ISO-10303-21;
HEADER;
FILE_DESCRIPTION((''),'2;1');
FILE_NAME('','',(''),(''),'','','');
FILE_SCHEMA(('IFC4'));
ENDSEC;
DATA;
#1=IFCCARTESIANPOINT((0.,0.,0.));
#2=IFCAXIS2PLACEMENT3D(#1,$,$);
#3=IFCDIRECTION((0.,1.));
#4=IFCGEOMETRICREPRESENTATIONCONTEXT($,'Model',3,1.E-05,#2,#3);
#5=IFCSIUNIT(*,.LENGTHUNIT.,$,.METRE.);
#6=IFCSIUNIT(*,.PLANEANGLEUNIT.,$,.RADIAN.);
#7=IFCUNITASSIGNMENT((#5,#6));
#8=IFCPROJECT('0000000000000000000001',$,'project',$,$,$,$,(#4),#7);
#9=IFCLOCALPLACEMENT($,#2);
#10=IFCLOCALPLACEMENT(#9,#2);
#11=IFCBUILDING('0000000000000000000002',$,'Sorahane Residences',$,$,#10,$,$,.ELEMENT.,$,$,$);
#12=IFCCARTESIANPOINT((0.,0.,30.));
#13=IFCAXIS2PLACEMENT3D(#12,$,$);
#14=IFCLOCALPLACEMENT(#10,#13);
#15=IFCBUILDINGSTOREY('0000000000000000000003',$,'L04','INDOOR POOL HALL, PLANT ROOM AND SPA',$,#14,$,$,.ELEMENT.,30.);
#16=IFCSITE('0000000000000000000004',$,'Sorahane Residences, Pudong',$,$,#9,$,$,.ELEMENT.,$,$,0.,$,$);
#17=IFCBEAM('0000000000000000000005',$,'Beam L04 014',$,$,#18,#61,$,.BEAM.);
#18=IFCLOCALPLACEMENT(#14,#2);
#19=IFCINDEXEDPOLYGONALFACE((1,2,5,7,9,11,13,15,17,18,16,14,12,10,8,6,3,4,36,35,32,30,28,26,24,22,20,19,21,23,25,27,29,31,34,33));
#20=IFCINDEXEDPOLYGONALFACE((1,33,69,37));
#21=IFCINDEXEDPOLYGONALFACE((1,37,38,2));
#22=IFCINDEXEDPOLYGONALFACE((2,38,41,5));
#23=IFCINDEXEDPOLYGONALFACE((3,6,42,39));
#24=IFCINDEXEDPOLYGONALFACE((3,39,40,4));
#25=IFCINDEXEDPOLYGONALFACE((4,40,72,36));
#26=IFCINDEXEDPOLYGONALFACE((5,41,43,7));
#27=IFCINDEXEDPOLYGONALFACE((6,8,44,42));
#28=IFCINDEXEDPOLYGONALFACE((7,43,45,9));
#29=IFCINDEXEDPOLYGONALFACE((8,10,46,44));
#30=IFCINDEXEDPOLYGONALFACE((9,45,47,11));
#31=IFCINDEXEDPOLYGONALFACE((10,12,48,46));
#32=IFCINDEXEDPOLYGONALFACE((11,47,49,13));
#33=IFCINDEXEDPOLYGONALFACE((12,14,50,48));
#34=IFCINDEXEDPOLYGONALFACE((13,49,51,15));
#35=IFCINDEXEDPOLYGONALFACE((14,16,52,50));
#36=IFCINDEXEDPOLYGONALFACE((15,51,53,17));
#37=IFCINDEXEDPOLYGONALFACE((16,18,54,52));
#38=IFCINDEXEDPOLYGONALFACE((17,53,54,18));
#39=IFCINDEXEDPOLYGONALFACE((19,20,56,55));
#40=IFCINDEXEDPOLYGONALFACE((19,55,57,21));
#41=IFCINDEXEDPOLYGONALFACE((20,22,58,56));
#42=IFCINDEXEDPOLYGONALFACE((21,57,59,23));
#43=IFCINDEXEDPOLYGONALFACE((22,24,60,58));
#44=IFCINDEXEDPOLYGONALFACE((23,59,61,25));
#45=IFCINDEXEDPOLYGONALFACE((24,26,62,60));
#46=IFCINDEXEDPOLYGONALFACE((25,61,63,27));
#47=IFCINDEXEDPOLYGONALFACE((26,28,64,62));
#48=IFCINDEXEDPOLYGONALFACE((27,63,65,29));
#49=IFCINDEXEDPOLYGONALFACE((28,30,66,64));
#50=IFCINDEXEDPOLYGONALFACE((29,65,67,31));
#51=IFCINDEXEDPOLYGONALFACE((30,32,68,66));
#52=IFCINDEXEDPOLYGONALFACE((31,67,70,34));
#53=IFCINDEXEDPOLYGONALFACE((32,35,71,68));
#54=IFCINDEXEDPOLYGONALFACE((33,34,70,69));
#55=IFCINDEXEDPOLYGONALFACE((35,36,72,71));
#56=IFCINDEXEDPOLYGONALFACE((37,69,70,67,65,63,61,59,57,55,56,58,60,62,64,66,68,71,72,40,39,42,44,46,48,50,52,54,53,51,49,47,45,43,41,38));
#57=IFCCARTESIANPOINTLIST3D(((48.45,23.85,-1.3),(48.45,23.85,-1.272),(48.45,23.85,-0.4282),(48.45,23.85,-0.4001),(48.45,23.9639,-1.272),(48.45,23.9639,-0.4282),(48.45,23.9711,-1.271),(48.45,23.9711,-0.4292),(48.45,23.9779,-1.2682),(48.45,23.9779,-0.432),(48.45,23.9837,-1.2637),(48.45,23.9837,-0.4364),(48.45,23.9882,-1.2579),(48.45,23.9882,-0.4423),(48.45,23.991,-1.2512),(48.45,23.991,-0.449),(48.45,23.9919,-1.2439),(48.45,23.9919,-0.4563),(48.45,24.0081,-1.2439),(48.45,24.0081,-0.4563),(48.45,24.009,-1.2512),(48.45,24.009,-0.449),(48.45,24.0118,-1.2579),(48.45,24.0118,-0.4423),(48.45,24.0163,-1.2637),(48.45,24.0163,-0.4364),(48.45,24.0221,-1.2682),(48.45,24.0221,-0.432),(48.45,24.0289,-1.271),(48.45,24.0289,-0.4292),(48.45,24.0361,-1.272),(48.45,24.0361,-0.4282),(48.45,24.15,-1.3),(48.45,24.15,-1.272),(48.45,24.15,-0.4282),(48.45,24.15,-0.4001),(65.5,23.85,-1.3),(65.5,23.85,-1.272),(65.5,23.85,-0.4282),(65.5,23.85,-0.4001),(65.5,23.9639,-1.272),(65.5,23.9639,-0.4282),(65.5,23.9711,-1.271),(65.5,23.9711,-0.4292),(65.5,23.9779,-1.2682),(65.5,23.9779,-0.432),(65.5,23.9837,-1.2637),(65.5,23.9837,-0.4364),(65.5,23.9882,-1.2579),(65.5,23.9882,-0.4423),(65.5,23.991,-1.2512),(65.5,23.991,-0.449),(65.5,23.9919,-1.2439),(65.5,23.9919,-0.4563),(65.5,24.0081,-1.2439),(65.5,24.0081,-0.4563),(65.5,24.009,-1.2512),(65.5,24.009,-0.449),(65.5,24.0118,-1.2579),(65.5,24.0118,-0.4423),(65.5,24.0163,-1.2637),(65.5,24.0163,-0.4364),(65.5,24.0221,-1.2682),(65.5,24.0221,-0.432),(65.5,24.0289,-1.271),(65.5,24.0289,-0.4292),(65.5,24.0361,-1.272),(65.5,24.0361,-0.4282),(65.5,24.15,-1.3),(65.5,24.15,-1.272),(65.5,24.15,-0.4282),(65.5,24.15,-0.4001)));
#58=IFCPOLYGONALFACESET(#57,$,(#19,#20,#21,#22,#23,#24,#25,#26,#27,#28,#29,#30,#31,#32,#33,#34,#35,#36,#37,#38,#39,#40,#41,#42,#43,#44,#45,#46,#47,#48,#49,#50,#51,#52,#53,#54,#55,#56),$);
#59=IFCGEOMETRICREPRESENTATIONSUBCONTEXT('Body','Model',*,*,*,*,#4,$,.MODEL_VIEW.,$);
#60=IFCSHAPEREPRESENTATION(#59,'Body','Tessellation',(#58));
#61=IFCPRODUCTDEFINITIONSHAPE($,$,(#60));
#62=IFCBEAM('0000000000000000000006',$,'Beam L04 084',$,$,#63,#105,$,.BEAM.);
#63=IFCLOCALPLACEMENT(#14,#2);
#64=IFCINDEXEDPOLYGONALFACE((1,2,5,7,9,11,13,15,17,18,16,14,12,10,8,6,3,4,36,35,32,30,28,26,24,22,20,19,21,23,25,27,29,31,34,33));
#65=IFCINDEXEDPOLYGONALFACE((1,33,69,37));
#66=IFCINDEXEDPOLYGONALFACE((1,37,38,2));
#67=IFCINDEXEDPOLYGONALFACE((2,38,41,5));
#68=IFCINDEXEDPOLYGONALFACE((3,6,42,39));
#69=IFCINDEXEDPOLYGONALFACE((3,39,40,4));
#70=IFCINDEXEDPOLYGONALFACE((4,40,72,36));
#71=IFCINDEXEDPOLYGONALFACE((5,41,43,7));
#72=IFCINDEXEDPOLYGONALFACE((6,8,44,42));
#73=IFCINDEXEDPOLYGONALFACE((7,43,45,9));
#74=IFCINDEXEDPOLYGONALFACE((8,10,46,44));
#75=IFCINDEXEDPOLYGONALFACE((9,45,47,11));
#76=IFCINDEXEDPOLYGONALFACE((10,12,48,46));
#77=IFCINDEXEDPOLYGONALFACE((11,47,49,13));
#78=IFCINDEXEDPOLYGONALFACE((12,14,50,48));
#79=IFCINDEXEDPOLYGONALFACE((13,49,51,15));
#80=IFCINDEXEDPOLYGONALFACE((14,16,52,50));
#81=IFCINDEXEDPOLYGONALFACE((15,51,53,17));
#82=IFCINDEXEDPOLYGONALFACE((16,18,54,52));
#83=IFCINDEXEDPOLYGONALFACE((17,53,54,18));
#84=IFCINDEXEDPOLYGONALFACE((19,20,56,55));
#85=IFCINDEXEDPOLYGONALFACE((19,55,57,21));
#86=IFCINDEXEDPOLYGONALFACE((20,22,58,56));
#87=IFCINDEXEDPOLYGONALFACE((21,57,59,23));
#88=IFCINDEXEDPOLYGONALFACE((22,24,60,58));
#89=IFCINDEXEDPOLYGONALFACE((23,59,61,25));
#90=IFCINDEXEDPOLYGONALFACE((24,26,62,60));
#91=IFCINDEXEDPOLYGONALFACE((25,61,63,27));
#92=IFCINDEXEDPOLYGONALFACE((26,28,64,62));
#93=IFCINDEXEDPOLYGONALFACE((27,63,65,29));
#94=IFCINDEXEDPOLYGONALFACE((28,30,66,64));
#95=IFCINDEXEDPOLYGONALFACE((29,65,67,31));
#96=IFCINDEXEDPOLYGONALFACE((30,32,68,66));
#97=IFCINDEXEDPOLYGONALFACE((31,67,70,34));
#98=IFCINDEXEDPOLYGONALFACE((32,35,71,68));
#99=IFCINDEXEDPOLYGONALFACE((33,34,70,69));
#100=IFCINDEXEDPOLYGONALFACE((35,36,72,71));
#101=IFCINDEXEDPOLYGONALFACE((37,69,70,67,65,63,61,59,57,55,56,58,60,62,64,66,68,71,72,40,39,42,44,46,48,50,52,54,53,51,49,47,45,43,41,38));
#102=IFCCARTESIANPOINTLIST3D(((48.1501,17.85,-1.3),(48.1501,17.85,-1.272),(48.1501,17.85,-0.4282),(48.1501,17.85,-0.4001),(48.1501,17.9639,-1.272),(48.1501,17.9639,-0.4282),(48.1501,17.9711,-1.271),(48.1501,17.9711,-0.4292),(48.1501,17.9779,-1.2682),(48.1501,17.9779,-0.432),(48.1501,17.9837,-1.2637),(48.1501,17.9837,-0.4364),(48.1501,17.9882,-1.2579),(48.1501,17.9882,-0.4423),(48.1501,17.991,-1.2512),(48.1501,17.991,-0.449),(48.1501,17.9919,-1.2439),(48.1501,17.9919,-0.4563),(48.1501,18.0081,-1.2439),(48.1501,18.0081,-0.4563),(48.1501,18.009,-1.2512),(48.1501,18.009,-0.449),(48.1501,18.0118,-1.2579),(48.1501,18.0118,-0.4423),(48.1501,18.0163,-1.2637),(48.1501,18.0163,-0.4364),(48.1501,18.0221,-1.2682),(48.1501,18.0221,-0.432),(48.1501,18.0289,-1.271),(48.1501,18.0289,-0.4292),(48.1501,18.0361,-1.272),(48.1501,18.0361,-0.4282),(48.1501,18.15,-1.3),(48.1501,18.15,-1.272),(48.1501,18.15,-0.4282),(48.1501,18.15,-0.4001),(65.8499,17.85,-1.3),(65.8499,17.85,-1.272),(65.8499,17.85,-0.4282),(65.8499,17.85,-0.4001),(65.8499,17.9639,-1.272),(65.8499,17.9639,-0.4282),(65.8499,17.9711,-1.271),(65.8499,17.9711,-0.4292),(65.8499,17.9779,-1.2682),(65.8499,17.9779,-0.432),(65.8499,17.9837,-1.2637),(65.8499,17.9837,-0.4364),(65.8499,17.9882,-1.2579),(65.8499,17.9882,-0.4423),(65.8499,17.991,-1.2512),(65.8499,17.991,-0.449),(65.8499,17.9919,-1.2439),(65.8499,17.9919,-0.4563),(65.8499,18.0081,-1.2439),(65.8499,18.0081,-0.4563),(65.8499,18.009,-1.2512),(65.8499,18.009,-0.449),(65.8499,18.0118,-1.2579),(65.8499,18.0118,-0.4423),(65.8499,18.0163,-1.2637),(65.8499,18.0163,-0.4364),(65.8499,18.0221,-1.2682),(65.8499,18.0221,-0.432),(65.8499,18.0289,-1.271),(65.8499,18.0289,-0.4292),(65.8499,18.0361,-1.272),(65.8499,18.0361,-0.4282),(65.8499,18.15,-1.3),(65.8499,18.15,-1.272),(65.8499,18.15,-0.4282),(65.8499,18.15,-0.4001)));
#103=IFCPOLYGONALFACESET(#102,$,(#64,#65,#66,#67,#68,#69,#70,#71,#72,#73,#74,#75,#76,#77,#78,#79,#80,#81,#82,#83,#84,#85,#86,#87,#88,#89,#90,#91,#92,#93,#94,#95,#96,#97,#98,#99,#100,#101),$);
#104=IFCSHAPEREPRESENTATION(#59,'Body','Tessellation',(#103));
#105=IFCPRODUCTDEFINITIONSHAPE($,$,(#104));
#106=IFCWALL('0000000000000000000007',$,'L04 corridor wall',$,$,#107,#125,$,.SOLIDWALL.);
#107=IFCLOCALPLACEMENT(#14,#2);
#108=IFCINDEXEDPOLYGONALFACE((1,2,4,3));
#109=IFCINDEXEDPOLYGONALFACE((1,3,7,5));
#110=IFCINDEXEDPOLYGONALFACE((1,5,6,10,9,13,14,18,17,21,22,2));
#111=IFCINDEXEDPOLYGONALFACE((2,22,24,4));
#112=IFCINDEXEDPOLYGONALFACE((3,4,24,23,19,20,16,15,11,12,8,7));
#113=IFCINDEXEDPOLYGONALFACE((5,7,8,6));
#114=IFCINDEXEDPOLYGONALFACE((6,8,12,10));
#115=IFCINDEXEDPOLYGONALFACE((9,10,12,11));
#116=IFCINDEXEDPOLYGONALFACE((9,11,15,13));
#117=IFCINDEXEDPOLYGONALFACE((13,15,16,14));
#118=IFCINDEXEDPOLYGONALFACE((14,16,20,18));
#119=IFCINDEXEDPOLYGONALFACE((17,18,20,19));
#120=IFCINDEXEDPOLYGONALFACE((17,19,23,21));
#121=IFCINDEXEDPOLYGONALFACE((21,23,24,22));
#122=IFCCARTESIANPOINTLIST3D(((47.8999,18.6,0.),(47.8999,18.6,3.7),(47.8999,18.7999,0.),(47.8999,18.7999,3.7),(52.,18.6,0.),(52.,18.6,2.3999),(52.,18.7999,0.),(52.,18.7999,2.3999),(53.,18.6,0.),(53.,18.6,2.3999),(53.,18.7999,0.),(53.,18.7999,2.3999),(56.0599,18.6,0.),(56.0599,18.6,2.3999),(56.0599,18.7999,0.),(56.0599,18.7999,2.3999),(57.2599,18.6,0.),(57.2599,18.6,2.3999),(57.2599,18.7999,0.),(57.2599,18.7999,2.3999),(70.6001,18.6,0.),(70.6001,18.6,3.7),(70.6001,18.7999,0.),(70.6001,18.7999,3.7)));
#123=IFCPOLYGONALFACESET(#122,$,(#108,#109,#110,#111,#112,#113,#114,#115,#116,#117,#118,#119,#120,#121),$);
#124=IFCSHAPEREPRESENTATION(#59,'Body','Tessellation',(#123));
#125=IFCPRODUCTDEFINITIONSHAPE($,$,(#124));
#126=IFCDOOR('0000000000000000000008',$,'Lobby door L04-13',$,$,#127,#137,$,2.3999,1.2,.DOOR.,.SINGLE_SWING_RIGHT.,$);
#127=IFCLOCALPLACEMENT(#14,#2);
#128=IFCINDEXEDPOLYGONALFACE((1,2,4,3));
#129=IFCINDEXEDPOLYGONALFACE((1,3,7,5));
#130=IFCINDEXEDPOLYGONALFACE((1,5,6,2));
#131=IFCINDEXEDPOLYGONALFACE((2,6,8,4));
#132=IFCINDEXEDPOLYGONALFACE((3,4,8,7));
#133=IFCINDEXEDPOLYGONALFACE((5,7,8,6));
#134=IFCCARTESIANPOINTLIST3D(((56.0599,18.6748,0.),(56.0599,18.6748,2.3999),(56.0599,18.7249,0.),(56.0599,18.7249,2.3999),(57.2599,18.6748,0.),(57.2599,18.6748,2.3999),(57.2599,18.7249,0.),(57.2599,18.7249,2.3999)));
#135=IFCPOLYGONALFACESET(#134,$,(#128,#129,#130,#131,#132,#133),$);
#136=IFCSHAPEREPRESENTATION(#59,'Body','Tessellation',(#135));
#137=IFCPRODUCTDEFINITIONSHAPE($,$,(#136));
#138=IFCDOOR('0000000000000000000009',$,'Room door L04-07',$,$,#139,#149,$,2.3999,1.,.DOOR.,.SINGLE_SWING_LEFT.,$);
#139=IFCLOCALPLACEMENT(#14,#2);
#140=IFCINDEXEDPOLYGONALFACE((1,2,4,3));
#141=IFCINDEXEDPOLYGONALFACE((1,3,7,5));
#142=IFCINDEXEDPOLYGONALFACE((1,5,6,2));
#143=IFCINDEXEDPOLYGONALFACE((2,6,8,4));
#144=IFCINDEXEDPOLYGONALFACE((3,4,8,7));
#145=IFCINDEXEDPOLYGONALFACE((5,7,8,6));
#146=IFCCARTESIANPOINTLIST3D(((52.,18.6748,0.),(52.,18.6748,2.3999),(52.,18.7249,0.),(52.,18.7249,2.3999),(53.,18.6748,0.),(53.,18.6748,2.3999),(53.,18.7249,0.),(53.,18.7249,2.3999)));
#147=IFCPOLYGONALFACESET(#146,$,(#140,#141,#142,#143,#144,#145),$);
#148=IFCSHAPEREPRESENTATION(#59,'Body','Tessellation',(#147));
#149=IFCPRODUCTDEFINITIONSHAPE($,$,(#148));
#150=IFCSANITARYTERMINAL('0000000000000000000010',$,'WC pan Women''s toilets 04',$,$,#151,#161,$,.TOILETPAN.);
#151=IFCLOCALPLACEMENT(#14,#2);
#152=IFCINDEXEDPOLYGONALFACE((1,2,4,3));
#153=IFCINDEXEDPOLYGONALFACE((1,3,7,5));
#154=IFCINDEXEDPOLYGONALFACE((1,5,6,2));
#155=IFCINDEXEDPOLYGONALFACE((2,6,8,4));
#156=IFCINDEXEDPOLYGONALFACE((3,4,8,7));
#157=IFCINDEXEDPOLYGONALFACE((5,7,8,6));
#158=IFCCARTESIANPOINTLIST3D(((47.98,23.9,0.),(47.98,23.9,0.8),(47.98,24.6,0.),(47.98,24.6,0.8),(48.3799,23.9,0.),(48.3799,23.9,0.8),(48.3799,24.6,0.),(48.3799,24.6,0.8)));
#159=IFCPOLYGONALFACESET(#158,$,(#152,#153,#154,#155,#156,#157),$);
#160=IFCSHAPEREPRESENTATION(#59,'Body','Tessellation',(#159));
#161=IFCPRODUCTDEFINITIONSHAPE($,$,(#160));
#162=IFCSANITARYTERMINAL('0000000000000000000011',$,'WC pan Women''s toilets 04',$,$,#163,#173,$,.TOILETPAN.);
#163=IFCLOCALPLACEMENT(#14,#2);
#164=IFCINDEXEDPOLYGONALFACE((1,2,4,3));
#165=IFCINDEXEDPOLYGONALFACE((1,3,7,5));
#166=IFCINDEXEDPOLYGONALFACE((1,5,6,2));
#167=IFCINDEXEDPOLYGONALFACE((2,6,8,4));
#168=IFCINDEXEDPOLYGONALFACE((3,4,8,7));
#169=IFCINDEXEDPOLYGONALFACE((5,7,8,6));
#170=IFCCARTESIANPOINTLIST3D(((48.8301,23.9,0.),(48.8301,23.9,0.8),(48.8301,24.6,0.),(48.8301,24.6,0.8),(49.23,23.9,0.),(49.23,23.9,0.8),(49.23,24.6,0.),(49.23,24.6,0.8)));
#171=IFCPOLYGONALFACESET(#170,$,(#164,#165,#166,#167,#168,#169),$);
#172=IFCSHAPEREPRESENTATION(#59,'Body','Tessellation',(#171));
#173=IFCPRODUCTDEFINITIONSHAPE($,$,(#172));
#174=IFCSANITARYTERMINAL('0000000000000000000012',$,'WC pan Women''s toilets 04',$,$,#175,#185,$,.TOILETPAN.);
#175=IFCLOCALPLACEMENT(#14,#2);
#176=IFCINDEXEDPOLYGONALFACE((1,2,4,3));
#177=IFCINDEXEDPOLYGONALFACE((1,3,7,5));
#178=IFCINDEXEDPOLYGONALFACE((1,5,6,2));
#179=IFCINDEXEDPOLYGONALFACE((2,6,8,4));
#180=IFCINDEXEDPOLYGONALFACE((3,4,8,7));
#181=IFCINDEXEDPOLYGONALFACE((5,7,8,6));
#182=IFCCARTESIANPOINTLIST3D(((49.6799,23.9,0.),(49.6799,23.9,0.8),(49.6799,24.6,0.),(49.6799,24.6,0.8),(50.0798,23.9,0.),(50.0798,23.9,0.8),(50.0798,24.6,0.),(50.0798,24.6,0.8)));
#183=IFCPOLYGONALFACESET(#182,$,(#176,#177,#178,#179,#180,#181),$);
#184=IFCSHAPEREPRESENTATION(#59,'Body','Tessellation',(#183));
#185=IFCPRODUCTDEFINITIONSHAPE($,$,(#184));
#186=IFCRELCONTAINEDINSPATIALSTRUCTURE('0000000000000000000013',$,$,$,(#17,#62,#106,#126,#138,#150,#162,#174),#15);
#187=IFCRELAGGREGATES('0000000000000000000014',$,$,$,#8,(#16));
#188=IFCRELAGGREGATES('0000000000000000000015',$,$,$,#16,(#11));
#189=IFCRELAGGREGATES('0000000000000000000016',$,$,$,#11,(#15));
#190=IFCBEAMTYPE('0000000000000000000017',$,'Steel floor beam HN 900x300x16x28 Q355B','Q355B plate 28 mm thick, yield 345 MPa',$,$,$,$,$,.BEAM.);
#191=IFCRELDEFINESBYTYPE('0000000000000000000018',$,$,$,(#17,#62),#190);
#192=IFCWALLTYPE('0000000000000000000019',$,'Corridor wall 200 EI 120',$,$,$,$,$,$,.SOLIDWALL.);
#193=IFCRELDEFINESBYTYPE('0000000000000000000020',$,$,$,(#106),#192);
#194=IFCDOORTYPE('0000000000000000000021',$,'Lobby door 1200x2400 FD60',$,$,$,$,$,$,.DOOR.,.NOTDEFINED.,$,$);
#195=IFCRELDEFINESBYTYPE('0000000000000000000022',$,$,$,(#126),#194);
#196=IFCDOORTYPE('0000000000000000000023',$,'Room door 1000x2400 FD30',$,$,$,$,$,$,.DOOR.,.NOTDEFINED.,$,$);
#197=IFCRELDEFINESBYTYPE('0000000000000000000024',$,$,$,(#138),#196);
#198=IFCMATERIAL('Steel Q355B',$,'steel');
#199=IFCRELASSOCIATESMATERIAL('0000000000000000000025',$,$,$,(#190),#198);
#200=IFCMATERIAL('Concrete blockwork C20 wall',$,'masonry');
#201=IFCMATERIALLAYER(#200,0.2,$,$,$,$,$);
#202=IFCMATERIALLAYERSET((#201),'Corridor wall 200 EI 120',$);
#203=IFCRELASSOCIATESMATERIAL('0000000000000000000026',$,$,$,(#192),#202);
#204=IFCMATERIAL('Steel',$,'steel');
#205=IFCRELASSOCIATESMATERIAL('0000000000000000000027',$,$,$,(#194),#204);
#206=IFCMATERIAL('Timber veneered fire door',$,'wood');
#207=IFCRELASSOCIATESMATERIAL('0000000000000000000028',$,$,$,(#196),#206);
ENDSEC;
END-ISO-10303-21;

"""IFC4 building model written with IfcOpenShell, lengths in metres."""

from ifc_helpers import new_model, si_unit, direction, frame, frame_2d, origin, origin_2d, place, context, subcontext, project, spatial, rectangle, i_section, extrude, material, layer, layer_set, material_profile, profile_set, type_object, element, fill, save


model = new_model("IFC4")

# Units and contexts
model_context = context("Model", 3, precision=1e-05, world=origin(), true_north=direction((0.0, 1.0)))
body_context = subcontext(model_context, "Body", "Model", "MODEL_VIEW")
ifc_project = project(units=[si_unit("LENGTHUNIT", "METRE"), si_unit("PLANEANGLEUNIT", "RADIAN")], contexts=[model_context])

# Site, building, storey
site_placement = place(None, origin())
site = spatial("IfcSite", under=ifc_project, at=site_placement, Name="Sorahane Residences, Pudong", CompositionType="ELEMENT", RefElevation=0.0)
building_placement = place(site_placement, origin())
building = spatial("IfcBuilding", under=site, at=building_placement, Name="Sorahane Residences", CompositionType="ELEMENT")
storey_placement = place(building_placement, frame((0.0, 0.0, 30.0)))
storey = spatial("IfcBuildingStorey", under=building, at=storey_placement, Name="L04", Description="INDOOR POOL HALL, PLANT ROOM AND SPA", CompositionType="ELEMENT", Elevation=30.0)

# Beams
ifc_material_1 = material(Name="Steel Q355B", Category="steel")
ifc_material_profile_1 = material_profile(ifc_material_1, i_section(OverallWidth=0.3, OverallDepth=0.8999, WebThickness=0.0161, FlangeThickness=0.0281, FilletRadius=0.0281, at=origin_2d()), Name="HN 900x300x16x28")
ifc_profile_set_1 = profile_set([ifc_material_profile_1], Name="Steel Q355B")
beam_type_1 = type_object("IfcBeamType", Name="Steel floor beam HN 900x300x16x28 Q355B", Description="Q355B plate 28 mm thick, yield 345 MPa", PredefinedType="BEAM", material=ifc_profile_set_1)
for number, where, z_axis, x_axis, name in (
    (1, (48.45, 24.0, -0.8501), (1.0, 0.0, 0.0), (0.0, 1.0, 0.0), "Beam L04 014"),
):
    element("IfcBeam", number, at=place(storey_placement, frame(where, z_axis=z_axis, x_axis=x_axis)), inside=storey, type_object=beam_type_1, Name=name, PredefinedType="BEAM", context=body_context, shape_type="SweptSolid", body=[
        extrude(i_section(OverallWidth=0.3, OverallDepth=0.8999, WebThickness=0.0161, FlangeThickness=0.0281, FilletRadius=0.0281, at=origin_2d()), origin(), (0.0, 0.0, 1.0), 17.05),
    ])
beam_1_placement = place(storey_placement, frame((48.1501, 18.0, -0.8501), z_axis=(1.0, 0.0, 0.0), x_axis=(0.0, 1.0, 0.0)))
element("IfcBeam", 2, at=beam_1_placement, inside=storey, type_object=beam_type_1, Name="Beam L04 084", PredefinedType="BEAM", context=body_context, shape_type="SweptSolid", body=[
    extrude(i_section(OverallWidth=0.3, OverallDepth=0.8999, WebThickness=0.0161, FlangeThickness=0.0281, FilletRadius=0.0281, at=origin_2d()), origin(), (0.0, 0.0, 1.0), 17.6997),
])

# Wall, openings, doors
ifc_material_2 = material(Name="Concrete blockwork C20 wall", Category="masonry")
ifc_layer = layer(ifc_material_2, 0.2)
ifc_layer_set = layer_set([ifc_layer], Name="Corridor wall 200 EI 120")
wall_type = type_object("IfcWallType", Name="Corridor wall 200 EI 120", PredefinedType="SOLIDWALL", material=ifc_layer_set)
wall_placement = place(storey_placement, frame((47.8999, 18.7, 0.0), z_axis=(0.0, 0.0, 1.0), x_axis=(1.0, 0.0, 0.0)))
wall = element("IfcWall", 3, at=wall_placement, inside=storey, type_object=wall_type, Name="L04 corridor wall", PredefinedType="SOLIDWALL", context=body_context, shape_type="SweptSolid", body=[
    extrude(rectangle(XDim=22.7002, YDim=0.2, at=frame_2d((11.3501, 0.0))), origin(), (0.0, 0.0, 1.0), 3.7),
])
opening_1_placement = place(wall_placement, frame((4.1001, 0.0, 0.0)))
opening_1 = element("IfcOpeningElement", 4, at=opening_1_placement, cuts=wall, PredefinedType="OPENING", context=body_context, shape_type="SweptSolid", body=[
    extrude(rectangle(XDim=1.0, YDim=2.3999, at=frame_2d((0.5, 1.2))), frame((0.0, 0.1099, 0.0), z_axis=(0.0, -1.0, 0.0), x_axis=(1.0, 0.0, 0.0)), (0.0, 0.0, 1.0), 0.22),
])
opening_2_placement = place(wall_placement, frame((8.1599, 0.0, 0.0)))
opening_2 = element("IfcOpeningElement", 5, at=opening_2_placement, cuts=wall, PredefinedType="OPENING", context=body_context, shape_type="SweptSolid", body=[
    extrude(rectangle(XDim=1.2, YDim=2.3999, at=frame_2d((0.6001, 1.2))), frame((0.0, 0.1099, 0.0), z_axis=(0.0, -1.0, 0.0), x_axis=(1.0, 0.0, 0.0)), (0.0, 0.0, 1.0), 0.22),
])
ifc_material_3 = material(Name="Steel", Category="steel")
door_type_1 = type_object("IfcDoorType", Name="Lobby door 1200x2400 FD60", OperationType="NOTDEFINED", PredefinedType="DOOR", material=ifc_material_3)
door_1_placement = place(opening_2_placement, origin())
door_1 = element("IfcDoor", 6, at=door_1_placement, inside=storey, type_object=door_type_1, Name="Lobby door L04-13", OperationType="SINGLE_SWING_RIGHT", OverallHeight=2.3999, OverallWidth=1.2, PredefinedType="DOOR", context=body_context, shape_type="SweptSolid", body=[
    extrude(rectangle(XDim=1.2, YDim=2.3999, at=frame_2d((0.6001, 1.2))), frame((0.0, 0.0249, 0.0), z_axis=(0.0, -1.0, 0.0), x_axis=(1.0, 0.0, 0.0)), (0.0, 0.0, 1.0), 0.05),
])
fill(opening_2, door_1)
ifc_material_4 = material(Name="Timber veneered fire door", Category="wood")
door_type_2 = type_object("IfcDoorType", Name="Room door 1000x2400 FD30", OperationType="NOTDEFINED", PredefinedType="DOOR", material=ifc_material_4)
door_2_placement = place(opening_1_placement, origin())
door_2 = element("IfcDoor", 7, at=door_2_placement, inside=storey, type_object=door_type_2, Name="Room door L04-07", OperationType="SINGLE_SWING_LEFT", OverallHeight=2.3999, OverallWidth=1.0, PredefinedType="DOOR", context=body_context, shape_type="SweptSolid", body=[
    extrude(rectangle(XDim=1.0, YDim=2.3999, at=frame_2d((0.5, 1.2))), frame((0.0, 0.0249, 0.0), z_axis=(0.0, -1.0, 0.0), x_axis=(1.0, 0.0, 0.0)), (0.0, 0.0, 1.0), 0.05),
])
fill(opening_1, door_2)

# Sanitary terminals
for number, where, z_axis, x_axis, name in (
    (8, (48.1799, 24.25, 0.0), (0.0, 0.0, 1.0), (1.0, 0.0, 0.0), "WC pan Women's toilets 04"),
    (9, (49.03, 24.25, 0.0), (0.0, 0.0, 1.0), (1.0, 0.0, 0.0), "WC pan Women's toilets 04"),
    (10, (49.8799, 24.25, 0.0), (0.0, 0.0, 1.0), (1.0, 0.0, 0.0), "WC pan Women's toilets 04"),
):
    element("IfcSanitaryTerminal", number, at=place(storey_placement, frame(where, z_axis=z_axis, x_axis=x_axis)), inside=storey, Name=name, PredefinedType="TOILETPAN", context=body_context, shape_type="SweptSolid", body=[
        extrude(rectangle(XDim=0.3999, YDim=0.7, at=origin_2d()), origin(), (0.0, 0.0, 1.0), 0.8),
    ])

save(model, "model.ifc")
